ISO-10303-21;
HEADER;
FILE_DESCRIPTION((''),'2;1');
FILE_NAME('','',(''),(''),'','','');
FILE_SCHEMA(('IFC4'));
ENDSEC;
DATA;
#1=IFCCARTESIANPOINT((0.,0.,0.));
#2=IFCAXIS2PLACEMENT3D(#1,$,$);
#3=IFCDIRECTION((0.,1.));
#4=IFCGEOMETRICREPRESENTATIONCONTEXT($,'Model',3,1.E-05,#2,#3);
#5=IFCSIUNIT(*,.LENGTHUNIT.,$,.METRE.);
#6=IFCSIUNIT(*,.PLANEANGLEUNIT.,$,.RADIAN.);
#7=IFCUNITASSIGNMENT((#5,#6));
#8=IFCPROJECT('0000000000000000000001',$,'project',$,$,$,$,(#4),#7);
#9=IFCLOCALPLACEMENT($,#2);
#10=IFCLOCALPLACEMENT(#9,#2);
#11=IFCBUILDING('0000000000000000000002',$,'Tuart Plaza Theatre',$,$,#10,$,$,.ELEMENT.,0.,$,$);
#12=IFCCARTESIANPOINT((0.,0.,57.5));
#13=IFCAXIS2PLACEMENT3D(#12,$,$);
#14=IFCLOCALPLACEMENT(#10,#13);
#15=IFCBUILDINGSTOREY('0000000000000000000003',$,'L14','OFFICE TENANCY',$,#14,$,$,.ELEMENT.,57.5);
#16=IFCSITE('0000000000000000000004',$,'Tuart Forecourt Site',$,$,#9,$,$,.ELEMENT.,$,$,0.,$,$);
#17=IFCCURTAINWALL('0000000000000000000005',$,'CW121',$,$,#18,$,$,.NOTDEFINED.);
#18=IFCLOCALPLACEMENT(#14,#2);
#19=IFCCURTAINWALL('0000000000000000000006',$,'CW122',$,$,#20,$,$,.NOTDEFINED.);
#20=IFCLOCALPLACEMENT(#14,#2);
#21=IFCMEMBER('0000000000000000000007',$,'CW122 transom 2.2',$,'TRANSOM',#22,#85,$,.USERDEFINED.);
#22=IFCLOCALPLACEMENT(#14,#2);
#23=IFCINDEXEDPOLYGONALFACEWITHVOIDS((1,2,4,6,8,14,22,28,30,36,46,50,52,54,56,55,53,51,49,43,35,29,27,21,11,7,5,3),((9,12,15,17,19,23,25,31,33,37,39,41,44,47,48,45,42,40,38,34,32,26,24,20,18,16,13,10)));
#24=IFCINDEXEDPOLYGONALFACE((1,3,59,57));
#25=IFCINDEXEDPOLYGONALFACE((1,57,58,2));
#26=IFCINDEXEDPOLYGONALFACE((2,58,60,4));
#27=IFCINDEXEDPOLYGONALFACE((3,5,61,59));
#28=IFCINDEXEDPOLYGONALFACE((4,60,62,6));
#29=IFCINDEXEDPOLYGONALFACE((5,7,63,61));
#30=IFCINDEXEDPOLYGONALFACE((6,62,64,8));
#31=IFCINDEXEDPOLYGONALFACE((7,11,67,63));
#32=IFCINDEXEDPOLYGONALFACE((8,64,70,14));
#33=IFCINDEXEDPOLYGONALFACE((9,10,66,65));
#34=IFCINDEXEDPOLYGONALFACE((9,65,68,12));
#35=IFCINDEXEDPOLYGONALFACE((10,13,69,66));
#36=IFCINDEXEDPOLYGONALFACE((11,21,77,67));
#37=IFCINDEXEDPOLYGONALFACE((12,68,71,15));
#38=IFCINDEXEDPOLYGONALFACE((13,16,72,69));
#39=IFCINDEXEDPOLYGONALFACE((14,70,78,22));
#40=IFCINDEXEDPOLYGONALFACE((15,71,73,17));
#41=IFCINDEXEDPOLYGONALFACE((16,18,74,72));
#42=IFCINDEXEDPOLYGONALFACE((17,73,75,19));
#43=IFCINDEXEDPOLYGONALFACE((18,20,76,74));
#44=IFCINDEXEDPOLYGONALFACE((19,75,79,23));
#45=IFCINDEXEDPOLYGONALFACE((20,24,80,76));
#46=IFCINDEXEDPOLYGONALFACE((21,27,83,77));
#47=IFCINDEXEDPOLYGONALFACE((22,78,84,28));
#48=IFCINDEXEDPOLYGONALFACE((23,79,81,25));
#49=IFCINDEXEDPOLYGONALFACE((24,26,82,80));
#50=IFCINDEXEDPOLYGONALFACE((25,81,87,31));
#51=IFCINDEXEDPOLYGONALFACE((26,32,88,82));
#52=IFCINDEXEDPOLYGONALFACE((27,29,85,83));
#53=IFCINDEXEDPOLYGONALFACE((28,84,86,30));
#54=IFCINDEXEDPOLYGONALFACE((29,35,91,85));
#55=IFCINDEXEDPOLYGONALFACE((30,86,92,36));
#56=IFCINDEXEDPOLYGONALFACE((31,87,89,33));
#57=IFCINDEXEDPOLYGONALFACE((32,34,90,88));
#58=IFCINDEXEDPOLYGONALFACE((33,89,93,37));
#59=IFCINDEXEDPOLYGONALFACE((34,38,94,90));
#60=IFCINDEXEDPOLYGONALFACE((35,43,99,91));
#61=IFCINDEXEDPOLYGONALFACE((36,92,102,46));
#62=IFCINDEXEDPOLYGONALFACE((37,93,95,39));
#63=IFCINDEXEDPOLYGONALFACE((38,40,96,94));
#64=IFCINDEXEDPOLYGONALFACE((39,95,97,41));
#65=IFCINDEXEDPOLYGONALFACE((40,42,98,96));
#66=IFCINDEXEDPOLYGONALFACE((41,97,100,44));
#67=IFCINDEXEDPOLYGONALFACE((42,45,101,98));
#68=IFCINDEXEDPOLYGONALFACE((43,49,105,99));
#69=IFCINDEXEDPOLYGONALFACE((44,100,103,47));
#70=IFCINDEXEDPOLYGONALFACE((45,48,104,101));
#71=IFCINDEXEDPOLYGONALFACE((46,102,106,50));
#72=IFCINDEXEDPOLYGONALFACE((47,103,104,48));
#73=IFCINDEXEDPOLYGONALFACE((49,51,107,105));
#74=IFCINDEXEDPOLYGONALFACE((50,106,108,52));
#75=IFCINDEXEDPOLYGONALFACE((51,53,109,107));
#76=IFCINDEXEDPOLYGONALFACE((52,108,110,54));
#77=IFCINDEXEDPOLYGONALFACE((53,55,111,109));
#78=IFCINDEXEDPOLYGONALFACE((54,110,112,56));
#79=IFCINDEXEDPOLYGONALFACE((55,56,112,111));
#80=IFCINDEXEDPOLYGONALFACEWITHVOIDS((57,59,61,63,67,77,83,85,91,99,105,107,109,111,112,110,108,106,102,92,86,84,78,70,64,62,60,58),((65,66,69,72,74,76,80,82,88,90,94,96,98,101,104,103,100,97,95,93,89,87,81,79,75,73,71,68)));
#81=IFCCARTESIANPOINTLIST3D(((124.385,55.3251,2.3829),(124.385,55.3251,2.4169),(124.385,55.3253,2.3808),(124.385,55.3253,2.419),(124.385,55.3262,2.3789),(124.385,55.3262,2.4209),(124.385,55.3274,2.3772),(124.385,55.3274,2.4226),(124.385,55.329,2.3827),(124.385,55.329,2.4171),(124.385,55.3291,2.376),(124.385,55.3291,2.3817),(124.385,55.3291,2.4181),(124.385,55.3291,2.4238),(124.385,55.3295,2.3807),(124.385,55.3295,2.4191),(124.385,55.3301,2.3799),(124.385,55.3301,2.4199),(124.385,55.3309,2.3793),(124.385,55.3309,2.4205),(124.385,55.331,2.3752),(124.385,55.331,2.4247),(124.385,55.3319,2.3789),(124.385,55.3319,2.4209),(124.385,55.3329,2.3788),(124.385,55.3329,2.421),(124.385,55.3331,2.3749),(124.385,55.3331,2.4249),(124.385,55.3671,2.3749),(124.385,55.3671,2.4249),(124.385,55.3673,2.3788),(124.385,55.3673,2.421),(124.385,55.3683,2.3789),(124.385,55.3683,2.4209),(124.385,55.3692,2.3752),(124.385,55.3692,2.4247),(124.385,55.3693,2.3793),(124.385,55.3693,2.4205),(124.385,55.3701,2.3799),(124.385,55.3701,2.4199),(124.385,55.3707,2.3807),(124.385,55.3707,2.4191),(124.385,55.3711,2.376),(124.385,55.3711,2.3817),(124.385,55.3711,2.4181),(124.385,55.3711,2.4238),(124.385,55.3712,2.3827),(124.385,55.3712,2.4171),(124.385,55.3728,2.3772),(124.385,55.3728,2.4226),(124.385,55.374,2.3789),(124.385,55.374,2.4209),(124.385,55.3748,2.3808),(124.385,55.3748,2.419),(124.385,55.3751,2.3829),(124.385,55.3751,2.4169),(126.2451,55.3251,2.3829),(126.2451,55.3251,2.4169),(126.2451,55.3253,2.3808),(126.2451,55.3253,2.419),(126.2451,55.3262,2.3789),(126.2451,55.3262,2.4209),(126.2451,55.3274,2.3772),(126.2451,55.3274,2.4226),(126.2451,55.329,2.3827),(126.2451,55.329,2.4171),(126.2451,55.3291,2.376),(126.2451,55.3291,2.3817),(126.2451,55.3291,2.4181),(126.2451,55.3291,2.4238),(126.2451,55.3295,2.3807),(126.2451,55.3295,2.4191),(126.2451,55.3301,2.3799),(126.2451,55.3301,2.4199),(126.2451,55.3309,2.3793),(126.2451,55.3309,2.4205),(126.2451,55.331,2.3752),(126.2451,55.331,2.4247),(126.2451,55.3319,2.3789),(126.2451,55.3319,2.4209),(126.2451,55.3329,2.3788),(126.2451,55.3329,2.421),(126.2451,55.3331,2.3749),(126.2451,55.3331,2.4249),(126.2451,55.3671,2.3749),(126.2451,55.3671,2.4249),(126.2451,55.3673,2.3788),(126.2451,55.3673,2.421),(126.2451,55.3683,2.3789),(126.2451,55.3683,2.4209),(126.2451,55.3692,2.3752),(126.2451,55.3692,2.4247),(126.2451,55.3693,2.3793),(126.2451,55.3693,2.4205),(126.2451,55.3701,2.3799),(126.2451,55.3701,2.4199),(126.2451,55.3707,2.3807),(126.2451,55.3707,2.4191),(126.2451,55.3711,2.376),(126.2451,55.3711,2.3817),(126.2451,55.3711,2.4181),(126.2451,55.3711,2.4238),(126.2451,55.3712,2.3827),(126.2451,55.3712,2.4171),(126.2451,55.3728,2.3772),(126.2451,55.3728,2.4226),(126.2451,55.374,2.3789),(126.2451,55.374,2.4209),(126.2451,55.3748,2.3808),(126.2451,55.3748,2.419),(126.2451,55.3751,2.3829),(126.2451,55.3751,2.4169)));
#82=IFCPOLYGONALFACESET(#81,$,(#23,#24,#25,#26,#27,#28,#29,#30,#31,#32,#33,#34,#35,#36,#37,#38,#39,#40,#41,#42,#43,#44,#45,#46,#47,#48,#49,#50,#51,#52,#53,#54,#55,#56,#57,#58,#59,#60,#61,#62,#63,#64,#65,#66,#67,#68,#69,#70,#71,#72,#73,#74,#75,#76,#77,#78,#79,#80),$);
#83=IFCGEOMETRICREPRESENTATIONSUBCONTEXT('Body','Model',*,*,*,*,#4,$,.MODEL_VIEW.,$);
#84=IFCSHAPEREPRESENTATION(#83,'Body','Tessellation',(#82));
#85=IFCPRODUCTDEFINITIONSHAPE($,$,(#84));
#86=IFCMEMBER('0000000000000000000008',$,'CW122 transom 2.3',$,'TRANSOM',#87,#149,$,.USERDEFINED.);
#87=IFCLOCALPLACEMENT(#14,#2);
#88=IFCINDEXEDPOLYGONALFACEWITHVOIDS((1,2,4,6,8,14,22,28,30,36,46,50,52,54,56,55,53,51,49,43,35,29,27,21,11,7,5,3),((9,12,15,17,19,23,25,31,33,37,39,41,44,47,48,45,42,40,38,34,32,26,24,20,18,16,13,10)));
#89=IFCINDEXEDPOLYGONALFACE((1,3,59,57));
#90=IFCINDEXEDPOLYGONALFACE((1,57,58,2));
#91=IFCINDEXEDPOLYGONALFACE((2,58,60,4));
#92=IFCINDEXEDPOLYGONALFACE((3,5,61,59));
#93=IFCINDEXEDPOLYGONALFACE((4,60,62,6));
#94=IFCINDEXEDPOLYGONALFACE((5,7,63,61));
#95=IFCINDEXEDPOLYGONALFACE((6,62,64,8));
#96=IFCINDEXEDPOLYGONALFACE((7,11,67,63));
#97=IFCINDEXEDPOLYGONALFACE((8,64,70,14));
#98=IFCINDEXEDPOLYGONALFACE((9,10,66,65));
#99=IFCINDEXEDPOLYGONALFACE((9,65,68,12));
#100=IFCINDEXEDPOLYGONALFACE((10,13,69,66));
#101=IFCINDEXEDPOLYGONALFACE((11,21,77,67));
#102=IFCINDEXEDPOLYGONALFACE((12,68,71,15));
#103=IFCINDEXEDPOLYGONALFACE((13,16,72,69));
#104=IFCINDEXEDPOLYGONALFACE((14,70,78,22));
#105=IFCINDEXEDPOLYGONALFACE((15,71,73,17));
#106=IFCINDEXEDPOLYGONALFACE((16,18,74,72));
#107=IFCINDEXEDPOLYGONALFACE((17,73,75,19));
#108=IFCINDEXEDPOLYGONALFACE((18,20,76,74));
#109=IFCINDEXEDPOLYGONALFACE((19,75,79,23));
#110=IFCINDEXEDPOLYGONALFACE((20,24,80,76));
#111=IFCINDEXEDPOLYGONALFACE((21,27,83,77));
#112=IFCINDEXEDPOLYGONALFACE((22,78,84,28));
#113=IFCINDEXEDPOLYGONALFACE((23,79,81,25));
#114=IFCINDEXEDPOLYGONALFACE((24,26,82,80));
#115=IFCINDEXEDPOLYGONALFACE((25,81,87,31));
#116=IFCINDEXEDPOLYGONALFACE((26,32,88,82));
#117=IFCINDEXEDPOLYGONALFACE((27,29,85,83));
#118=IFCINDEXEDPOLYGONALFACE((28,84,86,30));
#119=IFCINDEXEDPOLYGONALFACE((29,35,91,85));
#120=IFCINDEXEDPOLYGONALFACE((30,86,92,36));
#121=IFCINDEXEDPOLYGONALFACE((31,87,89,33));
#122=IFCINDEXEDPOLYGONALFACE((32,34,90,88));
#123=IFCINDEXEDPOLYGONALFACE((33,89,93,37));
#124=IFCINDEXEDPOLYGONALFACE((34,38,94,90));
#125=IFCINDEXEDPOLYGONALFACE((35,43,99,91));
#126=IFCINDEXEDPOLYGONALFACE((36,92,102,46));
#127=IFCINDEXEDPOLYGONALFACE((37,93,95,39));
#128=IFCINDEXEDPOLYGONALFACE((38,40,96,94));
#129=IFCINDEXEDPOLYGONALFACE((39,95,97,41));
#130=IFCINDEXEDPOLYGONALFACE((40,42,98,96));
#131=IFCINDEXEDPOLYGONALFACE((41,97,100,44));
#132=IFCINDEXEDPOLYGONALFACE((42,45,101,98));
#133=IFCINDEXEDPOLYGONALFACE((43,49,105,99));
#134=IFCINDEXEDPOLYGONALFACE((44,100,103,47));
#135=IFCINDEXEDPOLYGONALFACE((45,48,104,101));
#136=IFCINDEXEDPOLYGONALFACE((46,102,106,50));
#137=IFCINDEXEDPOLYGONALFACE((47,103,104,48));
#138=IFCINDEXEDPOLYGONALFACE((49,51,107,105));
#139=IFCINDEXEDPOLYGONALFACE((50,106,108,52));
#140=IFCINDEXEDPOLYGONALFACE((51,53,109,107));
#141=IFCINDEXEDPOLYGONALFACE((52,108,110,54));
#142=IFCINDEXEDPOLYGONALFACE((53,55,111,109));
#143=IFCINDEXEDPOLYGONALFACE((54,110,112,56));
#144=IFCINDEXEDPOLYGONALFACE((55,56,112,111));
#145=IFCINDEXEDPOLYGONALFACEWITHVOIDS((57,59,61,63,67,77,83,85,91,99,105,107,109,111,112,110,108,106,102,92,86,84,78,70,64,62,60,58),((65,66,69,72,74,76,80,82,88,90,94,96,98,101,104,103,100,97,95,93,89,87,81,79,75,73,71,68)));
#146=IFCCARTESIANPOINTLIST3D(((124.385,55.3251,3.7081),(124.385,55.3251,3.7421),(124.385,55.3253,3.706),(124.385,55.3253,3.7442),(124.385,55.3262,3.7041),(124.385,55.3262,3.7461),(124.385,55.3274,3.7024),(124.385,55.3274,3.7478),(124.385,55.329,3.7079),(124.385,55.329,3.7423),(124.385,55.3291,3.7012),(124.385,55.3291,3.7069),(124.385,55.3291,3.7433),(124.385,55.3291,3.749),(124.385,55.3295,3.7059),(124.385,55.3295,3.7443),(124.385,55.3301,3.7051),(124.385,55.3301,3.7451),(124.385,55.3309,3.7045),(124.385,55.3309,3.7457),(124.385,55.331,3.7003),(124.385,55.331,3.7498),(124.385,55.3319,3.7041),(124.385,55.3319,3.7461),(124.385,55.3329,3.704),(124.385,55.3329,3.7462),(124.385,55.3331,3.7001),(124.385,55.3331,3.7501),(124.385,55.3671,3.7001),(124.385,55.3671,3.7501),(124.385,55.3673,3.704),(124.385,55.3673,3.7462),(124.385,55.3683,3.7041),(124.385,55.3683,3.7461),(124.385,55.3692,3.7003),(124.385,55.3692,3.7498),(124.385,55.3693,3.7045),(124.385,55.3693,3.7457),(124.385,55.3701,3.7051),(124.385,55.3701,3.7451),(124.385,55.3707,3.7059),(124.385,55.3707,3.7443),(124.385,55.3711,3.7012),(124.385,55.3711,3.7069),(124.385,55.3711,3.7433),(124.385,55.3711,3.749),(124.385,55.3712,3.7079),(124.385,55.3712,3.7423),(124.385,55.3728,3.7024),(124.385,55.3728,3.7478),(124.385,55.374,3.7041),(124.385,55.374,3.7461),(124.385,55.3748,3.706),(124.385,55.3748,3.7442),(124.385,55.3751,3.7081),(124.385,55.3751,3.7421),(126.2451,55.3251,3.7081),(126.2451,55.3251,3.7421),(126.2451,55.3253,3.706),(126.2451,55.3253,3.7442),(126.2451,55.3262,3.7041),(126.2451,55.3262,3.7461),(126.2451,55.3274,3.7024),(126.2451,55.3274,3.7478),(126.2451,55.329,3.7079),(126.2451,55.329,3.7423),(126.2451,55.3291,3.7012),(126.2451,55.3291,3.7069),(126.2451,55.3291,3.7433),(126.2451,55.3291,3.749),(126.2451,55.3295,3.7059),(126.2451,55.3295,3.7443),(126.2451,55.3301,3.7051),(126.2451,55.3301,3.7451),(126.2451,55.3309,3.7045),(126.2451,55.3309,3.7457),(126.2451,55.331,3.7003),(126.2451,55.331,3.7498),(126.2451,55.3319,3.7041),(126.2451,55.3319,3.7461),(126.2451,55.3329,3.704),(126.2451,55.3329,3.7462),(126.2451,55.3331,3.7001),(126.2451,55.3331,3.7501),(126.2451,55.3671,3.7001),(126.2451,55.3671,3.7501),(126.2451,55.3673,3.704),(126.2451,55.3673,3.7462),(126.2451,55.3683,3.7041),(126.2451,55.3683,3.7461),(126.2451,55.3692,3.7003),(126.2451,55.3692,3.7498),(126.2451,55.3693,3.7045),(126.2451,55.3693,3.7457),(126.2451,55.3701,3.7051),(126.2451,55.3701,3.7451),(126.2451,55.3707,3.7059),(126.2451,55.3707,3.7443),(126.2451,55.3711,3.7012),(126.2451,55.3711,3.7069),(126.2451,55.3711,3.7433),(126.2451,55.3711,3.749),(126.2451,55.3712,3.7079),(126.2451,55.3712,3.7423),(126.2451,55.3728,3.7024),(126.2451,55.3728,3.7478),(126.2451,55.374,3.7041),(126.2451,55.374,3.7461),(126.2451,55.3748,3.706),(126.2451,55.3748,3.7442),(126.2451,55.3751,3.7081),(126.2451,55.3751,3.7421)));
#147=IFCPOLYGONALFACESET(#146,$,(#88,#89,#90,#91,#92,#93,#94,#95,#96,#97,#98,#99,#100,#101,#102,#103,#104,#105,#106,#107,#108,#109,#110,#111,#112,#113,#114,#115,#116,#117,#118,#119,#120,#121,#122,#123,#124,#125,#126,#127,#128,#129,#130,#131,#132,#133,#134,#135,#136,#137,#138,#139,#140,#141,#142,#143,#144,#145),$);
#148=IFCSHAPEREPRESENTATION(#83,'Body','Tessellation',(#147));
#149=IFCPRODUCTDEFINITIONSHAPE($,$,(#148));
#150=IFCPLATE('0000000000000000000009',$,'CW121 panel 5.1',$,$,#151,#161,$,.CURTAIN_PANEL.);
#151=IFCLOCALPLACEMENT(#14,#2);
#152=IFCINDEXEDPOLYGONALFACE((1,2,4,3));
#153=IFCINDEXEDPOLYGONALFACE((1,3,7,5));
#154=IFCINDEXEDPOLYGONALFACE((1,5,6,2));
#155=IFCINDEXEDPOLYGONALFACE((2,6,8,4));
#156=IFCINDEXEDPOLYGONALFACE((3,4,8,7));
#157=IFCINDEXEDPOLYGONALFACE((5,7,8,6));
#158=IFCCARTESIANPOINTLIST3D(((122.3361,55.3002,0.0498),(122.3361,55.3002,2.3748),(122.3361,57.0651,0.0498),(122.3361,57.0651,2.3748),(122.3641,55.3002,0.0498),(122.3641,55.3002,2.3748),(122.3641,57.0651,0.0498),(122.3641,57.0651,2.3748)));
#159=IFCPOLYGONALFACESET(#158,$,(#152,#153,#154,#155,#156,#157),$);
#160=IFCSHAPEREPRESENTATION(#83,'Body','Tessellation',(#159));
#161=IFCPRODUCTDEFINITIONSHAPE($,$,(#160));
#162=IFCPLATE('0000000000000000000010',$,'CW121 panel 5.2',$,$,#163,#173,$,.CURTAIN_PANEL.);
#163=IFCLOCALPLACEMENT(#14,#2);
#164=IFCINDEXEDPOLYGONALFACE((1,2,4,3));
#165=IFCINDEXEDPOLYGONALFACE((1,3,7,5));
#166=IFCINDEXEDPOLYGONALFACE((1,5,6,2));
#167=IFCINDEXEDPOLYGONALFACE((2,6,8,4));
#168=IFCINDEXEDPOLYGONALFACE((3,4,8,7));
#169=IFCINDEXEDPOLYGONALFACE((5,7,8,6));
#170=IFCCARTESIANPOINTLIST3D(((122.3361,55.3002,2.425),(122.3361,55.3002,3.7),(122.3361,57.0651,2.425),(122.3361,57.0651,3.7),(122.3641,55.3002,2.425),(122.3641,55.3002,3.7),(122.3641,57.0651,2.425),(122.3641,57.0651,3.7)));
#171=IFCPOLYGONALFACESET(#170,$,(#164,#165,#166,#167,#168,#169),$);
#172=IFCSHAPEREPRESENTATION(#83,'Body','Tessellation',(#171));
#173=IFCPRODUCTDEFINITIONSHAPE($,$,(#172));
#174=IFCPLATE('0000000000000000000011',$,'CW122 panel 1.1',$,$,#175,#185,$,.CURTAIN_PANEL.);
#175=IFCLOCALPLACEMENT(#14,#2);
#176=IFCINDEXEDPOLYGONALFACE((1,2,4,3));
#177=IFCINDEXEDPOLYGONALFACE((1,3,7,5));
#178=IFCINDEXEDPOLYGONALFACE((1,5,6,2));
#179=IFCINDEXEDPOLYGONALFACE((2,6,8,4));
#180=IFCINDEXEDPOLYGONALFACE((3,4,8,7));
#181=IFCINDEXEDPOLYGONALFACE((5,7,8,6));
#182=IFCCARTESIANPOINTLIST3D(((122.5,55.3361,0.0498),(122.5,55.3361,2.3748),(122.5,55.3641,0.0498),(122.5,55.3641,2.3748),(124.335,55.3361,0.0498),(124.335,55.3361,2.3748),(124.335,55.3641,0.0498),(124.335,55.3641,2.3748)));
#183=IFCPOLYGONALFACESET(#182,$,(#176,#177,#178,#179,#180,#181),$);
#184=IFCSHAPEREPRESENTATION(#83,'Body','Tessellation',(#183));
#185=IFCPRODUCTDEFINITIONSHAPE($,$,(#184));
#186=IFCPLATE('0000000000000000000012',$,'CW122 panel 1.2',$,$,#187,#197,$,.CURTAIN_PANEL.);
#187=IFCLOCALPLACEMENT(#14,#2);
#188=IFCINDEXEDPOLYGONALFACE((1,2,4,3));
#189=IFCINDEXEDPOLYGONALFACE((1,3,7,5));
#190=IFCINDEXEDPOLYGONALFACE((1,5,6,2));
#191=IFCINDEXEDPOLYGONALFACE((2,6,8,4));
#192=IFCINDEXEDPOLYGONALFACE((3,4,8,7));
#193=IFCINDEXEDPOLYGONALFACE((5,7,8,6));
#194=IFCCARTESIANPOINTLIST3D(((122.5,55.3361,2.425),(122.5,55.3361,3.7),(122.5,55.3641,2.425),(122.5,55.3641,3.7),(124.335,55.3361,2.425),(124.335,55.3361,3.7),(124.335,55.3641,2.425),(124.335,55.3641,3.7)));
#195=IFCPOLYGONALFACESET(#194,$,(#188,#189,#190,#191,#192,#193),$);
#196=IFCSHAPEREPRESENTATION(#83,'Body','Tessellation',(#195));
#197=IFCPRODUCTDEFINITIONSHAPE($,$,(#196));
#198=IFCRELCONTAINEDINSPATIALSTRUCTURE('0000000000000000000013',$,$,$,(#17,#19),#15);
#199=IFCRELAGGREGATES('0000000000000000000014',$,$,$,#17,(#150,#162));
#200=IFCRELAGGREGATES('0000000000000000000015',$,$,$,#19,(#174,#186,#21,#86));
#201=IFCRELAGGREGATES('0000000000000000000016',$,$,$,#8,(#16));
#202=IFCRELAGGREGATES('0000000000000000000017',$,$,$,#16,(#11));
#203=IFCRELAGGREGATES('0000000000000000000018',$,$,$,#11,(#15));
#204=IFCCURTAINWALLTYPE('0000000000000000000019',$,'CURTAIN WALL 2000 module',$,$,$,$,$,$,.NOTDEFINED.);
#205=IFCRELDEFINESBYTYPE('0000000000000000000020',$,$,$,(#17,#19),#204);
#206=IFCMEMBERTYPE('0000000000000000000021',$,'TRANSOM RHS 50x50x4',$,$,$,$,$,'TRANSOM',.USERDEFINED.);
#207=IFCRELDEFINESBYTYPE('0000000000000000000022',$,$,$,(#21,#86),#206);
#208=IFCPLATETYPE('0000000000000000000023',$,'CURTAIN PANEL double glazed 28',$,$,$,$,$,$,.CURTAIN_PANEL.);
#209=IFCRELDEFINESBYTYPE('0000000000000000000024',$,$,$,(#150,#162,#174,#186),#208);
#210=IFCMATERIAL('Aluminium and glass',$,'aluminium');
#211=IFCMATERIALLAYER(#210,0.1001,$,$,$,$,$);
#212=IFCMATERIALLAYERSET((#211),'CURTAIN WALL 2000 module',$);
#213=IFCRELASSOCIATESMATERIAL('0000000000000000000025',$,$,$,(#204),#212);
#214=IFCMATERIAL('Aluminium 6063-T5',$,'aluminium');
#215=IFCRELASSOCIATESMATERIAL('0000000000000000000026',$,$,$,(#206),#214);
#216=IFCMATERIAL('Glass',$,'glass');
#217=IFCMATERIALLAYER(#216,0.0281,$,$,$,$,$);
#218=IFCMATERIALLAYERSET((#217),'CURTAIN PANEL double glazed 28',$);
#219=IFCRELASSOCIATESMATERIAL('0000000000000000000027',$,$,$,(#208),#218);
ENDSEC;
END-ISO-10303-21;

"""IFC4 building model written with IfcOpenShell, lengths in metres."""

from ifc_helpers import new_model, si_unit, direction, frame, origin, origin_2d, place, context, subcontext, project, spatial, rectangle, hollow_rectangle, extrude, material, layer, layer_set, material_profile, profile_set, type_object, element, aggregate, save


model = new_model("IFC4")

# Units and contexts
model_context = context("Model", 3, precision=1e-05, world=origin(), true_north=direction((0.0, 1.0)))
body_context = subcontext(model_context, "Body", "Model", "MODEL_VIEW")
ifc_project = project(units=[si_unit("LENGTHUNIT", "METRE"), si_unit("PLANEANGLEUNIT", "RADIAN")], contexts=[model_context])

# Site, building, storey
site_placement = place(None, origin())
site = spatial("IfcSite", under=ifc_project, at=site_placement, Name="Tuart Forecourt Site", CompositionType="ELEMENT", RefElevation=0.0)
building_placement = place(site_placement, origin())
building = spatial("IfcBuilding", under=site, at=building_placement, Name="Tuart Plaza Theatre", CompositionType="ELEMENT", ElevationOfRefHeight=0.0)
storey_placement = place(building_placement, frame((0.0, 0.0, 57.5)))
storey = spatial("IfcBuildingStorey", under=building, at=storey_placement, Name="L14", Description="OFFICE TENANCY", CompositionType="ELEMENT", Elevation=57.5)

# Curtain wall
ifc_material_1 = material(Name="Aluminium and glass", Category="aluminium")
ifc_layer_1 = layer(ifc_material_1, 0.1001)
ifc_layer_set_1 = layer_set([ifc_layer_1], Name="CURTAIN WALL 2000 module")
curtain_wall_type = type_object("IfcCurtainWallType", Name="CURTAIN WALL 2000 module", PredefinedType="NOTDEFINED", material=ifc_layer_set_1)
curtain_wall_1_placement = place(storey_placement, origin())
curtain_wall_1 = element("IfcCurtainWall", 1, at=curtain_wall_1_placement, inside=storey, type_object=curtain_wall_type, Name="CW121", PredefinedType="NOTDEFINED")

# Curtain wall
curtain_wall_2_placement = place(storey_placement, origin())
curtain_wall_2 = element("IfcCurtainWall", 2, at=curtain_wall_2_placement, inside=storey, type_object=curtain_wall_type, Name="CW122", PredefinedType="NOTDEFINED")

# Members
ifc_material_2 = material(Name="Aluminium 6063-T5", Category="aluminium")
ifc_material_profile_1 = material_profile(ifc_material_2, hollow_rectangle(XDim=0.05, YDim=0.05, WallThickness=0.0039, InnerFilletRadius=0.0039, OuterFilletRadius=0.0081, at=origin_2d()), Name="RHS 50x50x4")
ifc_profile_set_1 = profile_set([ifc_material_profile_1], Name="Aluminium 6063-T5")
member_type_1 = type_object("IfcMemberType", Name="TRANSOM RHS 50x50x4", ElementType="TRANSOM", PredefinedType="USERDEFINED", material=ifc_profile_set_1)
member_1_placement = place(storey_placement, frame((124.385, 55.3501, 2.3999), z_axis=(1.0, 0.0, 0.0), x_axis=(0.0, 1.0, 0.0)))
member_1 = element("IfcMember", 3, at=member_1_placement, type_object=member_type_1, Name="CW122 transom 2.2", ObjectType="TRANSOM", PredefinedType="USERDEFINED", context=body_context, shape_type="SweptSolid", body=[
    extrude(hollow_rectangle(XDim=0.05, YDim=0.05, WallThickness=0.0039, InnerFilletRadius=0.0039, OuterFilletRadius=0.0081, at=origin_2d()), origin(), (0.0, 0.0, 1.0), 1.8601),
])
member_2_placement = place(storey_placement, frame((124.385, 55.3501, 3.7251), z_axis=(1.0, 0.0, 0.0), x_axis=(0.0, 1.0, 0.0)))
member_2 = element("IfcMember", 4, at=member_2_placement, type_object=member_type_1, Name="CW122 transom 2.3", ObjectType="TRANSOM", PredefinedType="USERDEFINED", context=body_context, shape_type="SweptSolid", body=[
    extrude(hollow_rectangle(XDim=0.05, YDim=0.05, WallThickness=0.0039, InnerFilletRadius=0.0039, OuterFilletRadius=0.0081, at=origin_2d()), origin(), (0.0, 0.0, 1.0), 1.8601),
])

# Plates
ifc_material_3 = material(Name="Glass", Category="glass")
ifc_layer_2 = layer(ifc_material_3, 0.0281)
ifc_layer_set_2 = layer_set([ifc_layer_2], Name="CURTAIN PANEL double glazed 28")
plate_type = type_object("IfcPlateType", Name="CURTAIN PANEL double glazed 28", PredefinedType="CURTAIN_PANEL", material=ifc_layer_set_2)
plate_1_placement = place(storey_placement, frame((122.3501, 56.1826, 0.0498), z_axis=(0.0, 0.0, 1.0), x_axis=(0.0, -1.0, 0.0)))
plate_1 = element("IfcPlate", 5, at=plate_1_placement, type_object=plate_type, Name="CW121 panel 5.1", PredefinedType="CURTAIN_PANEL", context=body_context, shape_type="SweptSolid", body=[
    extrude(rectangle(XDim=1.7649, YDim=0.0281, at=origin_2d()), origin(), (0.0, 0.0, 1.0), 2.325),
])
plate_2_placement = place(storey_placement, frame((122.3501, 56.1826, 2.425), z_axis=(0.0, 0.0, 1.0), x_axis=(0.0, -1.0, 0.0)))
plate_2 = element("IfcPlate", 6, at=plate_2_placement, type_object=plate_type, Name="CW121 panel 5.2", PredefinedType="CURTAIN_PANEL", context=body_context, shape_type="SweptSolid", body=[
    extrude(rectangle(XDim=1.7649, YDim=0.0281, at=origin_2d()), origin(), (0.0, 0.0, 1.0), 1.2749),
])
aggregate(curtain_wall_1, [plate_1, plate_2])
plate_3_placement = place(storey_placement, frame((123.4175, 55.3501, 0.0498), z_axis=(0.0, 0.0, 1.0), x_axis=(1.0, 0.0, 0.0)))
plate_3 = element("IfcPlate", 7, at=plate_3_placement, type_object=plate_type, Name="CW122 panel 1.1", PredefinedType="CURTAIN_PANEL", context=body_context, shape_type="SweptSolid", body=[
    extrude(rectangle(XDim=1.835, YDim=0.0281, at=origin_2d()), origin(), (0.0, 0.0, 1.0), 2.325),
])
plate_4_placement = place(storey_placement, frame((123.4175, 55.3501, 2.425), z_axis=(0.0, 0.0, 1.0), x_axis=(1.0, 0.0, 0.0)))
plate_4 = element("IfcPlate", 8, at=plate_4_placement, type_object=plate_type, Name="CW122 panel 1.2", PredefinedType="CURTAIN_PANEL", context=body_context, shape_type="SweptSolid", body=[
    extrude(rectangle(XDim=1.835, YDim=0.0281, at=origin_2d()), origin(), (0.0, 0.0, 1.0), 1.2749),
])
aggregate(curtain_wall_2, [plate_3, plate_4, member_1, member_2])

save(model, "model.ifc")
